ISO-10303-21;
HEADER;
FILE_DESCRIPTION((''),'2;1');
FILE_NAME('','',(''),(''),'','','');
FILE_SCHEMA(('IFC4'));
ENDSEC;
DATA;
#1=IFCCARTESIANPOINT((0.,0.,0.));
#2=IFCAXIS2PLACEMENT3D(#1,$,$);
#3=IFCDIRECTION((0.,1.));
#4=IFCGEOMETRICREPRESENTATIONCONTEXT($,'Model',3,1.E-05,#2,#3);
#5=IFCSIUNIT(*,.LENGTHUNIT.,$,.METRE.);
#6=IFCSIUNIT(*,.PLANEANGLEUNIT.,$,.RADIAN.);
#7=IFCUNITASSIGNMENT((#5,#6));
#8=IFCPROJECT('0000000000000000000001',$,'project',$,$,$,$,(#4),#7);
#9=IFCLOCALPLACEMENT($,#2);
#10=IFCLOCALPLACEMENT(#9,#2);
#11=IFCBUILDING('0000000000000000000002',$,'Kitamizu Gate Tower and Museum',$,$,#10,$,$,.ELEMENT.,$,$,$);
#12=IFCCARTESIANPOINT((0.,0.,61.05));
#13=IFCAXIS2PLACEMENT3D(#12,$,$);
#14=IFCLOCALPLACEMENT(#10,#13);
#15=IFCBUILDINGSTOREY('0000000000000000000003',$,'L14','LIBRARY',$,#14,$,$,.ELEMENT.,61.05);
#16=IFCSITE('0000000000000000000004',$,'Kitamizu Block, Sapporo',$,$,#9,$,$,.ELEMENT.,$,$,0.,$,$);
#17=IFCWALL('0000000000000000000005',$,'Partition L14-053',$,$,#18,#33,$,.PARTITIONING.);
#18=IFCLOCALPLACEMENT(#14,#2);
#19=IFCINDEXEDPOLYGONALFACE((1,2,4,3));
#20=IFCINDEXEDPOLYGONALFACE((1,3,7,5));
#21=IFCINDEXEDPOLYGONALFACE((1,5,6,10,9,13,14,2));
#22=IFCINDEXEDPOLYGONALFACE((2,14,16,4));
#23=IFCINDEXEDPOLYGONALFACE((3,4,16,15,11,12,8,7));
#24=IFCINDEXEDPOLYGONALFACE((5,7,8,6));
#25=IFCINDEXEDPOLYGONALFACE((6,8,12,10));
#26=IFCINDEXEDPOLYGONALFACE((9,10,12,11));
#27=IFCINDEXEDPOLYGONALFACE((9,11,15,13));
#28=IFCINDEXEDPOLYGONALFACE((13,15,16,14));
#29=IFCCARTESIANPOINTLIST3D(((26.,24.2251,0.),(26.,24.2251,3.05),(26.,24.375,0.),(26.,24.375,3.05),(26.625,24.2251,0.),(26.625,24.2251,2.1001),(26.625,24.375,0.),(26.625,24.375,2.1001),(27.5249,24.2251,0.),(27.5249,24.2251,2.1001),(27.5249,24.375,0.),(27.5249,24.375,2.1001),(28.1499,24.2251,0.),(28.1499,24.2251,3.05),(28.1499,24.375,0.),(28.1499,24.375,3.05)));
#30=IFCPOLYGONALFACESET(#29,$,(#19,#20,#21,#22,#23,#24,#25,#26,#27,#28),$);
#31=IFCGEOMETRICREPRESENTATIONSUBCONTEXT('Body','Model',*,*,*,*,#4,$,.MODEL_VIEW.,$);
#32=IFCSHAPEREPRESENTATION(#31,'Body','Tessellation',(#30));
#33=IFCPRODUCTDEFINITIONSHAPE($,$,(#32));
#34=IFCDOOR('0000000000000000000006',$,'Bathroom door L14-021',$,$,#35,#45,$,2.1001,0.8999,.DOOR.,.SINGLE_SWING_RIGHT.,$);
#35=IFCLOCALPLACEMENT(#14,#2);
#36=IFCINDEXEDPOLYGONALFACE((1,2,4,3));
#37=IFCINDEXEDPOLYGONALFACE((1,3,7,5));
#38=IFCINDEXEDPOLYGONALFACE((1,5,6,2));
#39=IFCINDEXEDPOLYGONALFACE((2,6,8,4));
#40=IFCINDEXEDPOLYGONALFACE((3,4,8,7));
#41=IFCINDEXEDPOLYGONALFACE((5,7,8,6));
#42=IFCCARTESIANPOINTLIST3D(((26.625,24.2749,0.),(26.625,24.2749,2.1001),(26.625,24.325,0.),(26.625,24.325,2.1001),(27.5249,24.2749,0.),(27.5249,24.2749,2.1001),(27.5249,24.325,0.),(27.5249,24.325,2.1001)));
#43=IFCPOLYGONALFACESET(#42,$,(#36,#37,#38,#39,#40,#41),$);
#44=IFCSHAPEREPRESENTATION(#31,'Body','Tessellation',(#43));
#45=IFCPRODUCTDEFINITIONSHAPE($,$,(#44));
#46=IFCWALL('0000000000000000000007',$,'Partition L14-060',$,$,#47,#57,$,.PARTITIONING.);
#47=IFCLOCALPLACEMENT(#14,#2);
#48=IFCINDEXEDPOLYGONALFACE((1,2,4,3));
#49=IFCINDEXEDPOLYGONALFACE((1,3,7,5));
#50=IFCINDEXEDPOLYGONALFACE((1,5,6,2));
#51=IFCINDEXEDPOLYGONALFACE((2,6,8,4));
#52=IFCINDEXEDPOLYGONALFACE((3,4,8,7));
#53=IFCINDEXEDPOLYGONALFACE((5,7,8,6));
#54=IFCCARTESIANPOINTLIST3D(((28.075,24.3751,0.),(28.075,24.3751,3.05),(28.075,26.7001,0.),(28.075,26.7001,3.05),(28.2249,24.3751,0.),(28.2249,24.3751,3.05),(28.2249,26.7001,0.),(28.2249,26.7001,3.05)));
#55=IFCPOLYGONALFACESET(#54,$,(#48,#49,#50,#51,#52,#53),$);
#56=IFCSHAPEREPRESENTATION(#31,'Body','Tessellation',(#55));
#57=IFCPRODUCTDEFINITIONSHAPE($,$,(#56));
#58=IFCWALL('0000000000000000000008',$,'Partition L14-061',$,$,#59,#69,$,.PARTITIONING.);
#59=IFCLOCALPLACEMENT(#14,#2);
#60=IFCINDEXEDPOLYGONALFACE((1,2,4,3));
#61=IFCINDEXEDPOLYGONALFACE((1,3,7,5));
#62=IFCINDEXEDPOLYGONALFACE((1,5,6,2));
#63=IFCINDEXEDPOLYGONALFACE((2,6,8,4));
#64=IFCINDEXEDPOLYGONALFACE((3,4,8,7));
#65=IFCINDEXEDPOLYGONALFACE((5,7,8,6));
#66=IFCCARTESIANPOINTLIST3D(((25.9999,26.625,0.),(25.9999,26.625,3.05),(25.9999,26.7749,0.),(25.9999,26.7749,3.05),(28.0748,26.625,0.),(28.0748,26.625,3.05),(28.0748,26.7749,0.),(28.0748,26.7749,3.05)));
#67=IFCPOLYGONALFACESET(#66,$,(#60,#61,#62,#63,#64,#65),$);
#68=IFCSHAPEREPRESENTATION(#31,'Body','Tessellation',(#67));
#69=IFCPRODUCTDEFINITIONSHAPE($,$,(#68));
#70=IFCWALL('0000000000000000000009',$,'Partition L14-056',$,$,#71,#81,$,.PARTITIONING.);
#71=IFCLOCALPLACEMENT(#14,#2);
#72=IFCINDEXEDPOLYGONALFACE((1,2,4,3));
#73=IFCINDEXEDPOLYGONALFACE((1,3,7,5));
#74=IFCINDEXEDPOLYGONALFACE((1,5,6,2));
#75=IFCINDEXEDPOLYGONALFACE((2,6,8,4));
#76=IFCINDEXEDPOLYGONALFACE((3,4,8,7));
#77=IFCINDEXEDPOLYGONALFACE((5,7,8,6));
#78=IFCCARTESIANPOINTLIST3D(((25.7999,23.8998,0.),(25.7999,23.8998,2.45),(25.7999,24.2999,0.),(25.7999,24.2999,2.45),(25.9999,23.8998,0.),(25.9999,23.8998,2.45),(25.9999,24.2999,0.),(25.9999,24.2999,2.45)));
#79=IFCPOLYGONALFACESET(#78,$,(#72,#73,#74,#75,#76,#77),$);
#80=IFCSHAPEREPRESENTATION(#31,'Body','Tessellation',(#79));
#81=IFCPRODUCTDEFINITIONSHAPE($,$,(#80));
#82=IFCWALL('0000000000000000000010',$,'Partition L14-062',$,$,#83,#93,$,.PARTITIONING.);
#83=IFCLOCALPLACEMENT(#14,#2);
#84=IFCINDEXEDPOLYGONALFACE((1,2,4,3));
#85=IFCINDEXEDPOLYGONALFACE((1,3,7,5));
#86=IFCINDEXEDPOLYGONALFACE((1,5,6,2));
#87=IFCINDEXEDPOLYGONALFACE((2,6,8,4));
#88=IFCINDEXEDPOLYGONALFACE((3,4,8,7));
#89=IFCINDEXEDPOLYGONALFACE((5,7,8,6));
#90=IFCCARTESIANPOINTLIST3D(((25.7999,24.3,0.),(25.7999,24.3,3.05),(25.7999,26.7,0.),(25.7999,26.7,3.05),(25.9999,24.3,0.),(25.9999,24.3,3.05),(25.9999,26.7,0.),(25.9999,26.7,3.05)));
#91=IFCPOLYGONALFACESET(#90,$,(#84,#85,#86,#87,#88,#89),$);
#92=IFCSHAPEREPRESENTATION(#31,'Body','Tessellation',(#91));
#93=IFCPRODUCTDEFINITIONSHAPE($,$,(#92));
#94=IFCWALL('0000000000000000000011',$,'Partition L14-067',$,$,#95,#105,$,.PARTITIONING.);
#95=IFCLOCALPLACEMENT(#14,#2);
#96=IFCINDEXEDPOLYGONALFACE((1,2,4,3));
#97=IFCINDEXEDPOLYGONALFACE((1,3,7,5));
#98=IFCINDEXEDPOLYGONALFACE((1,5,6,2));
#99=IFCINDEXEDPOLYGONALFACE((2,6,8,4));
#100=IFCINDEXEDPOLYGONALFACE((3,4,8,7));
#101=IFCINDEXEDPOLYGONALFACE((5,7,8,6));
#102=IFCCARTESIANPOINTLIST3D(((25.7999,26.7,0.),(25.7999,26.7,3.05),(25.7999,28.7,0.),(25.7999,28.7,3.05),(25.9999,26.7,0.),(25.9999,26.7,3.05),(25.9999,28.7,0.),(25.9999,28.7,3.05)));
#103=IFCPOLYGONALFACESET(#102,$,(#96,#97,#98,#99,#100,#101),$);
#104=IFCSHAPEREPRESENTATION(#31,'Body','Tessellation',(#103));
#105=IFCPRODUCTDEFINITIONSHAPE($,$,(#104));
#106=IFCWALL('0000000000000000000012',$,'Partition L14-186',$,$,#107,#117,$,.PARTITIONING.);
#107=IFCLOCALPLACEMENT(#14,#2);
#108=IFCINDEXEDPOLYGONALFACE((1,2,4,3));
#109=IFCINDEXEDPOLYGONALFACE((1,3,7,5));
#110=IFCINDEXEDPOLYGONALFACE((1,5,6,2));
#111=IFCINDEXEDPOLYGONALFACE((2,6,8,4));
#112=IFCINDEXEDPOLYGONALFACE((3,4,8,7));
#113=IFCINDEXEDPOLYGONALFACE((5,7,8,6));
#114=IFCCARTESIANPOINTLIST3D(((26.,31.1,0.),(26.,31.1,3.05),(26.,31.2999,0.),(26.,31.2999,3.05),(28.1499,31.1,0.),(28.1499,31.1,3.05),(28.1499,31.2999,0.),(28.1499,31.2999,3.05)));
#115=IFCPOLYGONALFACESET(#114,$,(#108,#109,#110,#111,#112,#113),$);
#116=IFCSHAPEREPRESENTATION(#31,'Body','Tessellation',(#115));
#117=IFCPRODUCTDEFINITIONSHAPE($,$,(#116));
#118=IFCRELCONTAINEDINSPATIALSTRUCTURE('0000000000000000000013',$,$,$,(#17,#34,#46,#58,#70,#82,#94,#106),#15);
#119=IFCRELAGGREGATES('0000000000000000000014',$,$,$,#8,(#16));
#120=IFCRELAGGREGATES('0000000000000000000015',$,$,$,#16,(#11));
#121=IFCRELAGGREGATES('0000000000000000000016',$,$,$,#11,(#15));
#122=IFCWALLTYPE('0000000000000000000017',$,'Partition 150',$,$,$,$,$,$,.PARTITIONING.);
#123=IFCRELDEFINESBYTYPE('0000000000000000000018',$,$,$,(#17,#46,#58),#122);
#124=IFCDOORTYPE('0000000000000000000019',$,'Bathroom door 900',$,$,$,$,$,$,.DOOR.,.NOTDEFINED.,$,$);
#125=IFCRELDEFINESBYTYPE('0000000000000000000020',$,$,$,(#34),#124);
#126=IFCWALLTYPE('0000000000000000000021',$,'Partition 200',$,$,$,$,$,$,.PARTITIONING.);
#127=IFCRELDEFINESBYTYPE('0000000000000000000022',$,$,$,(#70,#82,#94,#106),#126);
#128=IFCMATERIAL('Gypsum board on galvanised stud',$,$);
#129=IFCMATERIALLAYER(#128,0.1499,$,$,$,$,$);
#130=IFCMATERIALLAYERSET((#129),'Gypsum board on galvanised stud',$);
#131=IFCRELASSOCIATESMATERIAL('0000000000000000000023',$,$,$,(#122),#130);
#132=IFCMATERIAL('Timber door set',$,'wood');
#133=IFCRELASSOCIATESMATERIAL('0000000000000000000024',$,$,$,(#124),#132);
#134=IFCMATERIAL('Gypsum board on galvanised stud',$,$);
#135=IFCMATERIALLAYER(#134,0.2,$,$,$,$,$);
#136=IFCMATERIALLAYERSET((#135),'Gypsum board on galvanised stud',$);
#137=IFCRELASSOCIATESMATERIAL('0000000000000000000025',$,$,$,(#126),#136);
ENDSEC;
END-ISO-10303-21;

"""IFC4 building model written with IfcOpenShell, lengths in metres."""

from ifc_helpers import new_model, si_unit, direction, frame, frame_2d, origin, place, context, subcontext, project, spatial, rectangle, extrude, material, layer, layer_set, type_object, element, fill, save


model = new_model("IFC4")

# Units and contexts
model_context = context("Model", 3, precision=1e-05, world=origin(), true_north=direction((0.0, 1.0)))
body_context = subcontext(model_context, "Body", "Model", "MODEL_VIEW")
ifc_project = project(units=[si_unit("LENGTHUNIT", "METRE"), si_unit("PLANEANGLEUNIT", "RADIAN")], contexts=[model_context])

# Site, building, storey
site_placement = place(None, origin())
site = spatial("IfcSite", under=ifc_project, at=site_placement, Name="Kitamizu Block, Sapporo", CompositionType="ELEMENT", RefElevation=0.0)
building_placement = place(site_placement, origin())
building = spatial("IfcBuilding", under=site, at=building_placement, Name="Kitamizu Gate Tower and Museum", CompositionType="ELEMENT")
storey_placement = place(building_placement, frame((0.0, 0.0, 61.05)))
storey = spatial("IfcBuildingStorey", under=building, at=storey_placement, Name="L14", Description="LIBRARY", CompositionType="ELEMENT", Elevation=61.05)

# Wall, opening, door
ifc_material_1 = material(Name="Gypsum board on galvanised stud")
ifc_layer_1 = layer(ifc_material_1, 0.1499)
ifc_layer_set_1 = layer_set([ifc_layer_1], Name="Gypsum board on galvanised stud")
wall_type_1 = type_object("IfcWallType", Name="Partition 150", PredefinedType="PARTITIONING", material=ifc_layer_set_1)
wall_1_placement = place(storey_placement, frame((28.1499, 24.3, 0.0), z_axis=(0.0, 0.0, 1.0), x_axis=(-1.0, 0.0, 0.0)))
wall_1 = element("IfcWall", 1, at=wall_1_placement, inside=storey, type_object=wall_type_1, Name="Partition L14-053", PredefinedType="PARTITIONING", context=body_context, shape_type="SweptSolid", body=[
    extrude(rectangle(XDim=2.1499, YDim=0.1499, at=frame_2d((1.075, 0.0))), origin(), (0.0, 0.0, 1.0), 3.05),
])
opening_1_placement = place(wall_1_placement, frame((0.625, 0.0, 0.0)))
opening_1 = element("IfcOpeningElement", 2, at=opening_1_placement, cuts=wall_1, PredefinedType="OPENING", context=body_context, shape_type="SweptSolid", body=[
    extrude(rectangle(XDim=0.8999, YDim=2.1001, at=frame_2d((0.45, 1.05))), frame((0.0, 0.085, 0.0), z_axis=(0.0, -1.0, 0.0), x_axis=(1.0, 0.0, 0.0)), (0.0, 0.0, 1.0), 0.1699),
])
ifc_material_2 = material(Name="Timber door set", Category="wood")
door_type_1 = type_object("IfcDoorType", Name="Bathroom door 900", OperationType="NOTDEFINED", PredefinedType="DOOR", material=ifc_material_2)
door_1_placement = place(opening_1_placement, frame((0.8999, 0.0, 0.0), x_axis=(-1.0, 0.0, 0.0)))
door_1 = element("IfcDoor", 3, at=door_1_placement, inside=storey, type_object=door_type_1, Name="Bathroom door L14-021", OperationType="SINGLE_SWING_RIGHT", OverallHeight=2.1001, OverallWidth=0.8999, PredefinedType="DOOR", context=body_context, shape_type="SweptSolid", body=[
    extrude(rectangle(XDim=0.8999, YDim=2.1001, at=frame_2d((0.45, 1.05))), frame((0.0, 0.0249, 0.0), z_axis=(0.0, -1.0, 0.0), x_axis=(1.0, 0.0, 0.0)), (0.0, 0.0, 1.0), 0.05),
])
fill(opening_1, door_1)

# Walls
wall_2_placement = place(storey_placement, frame((28.1499, 24.375, 0.0), z_axis=(0.0, 0.0, 1.0), x_axis=(0.0, 1.0, 0.0)))
element("IfcWall", 4, at=wall_2_placement, inside=storey, type_object=wall_type_1, Name="Partition L14-060", PredefinedType="PARTITIONING", context=body_context, shape_type="SweptSolid", body=[
    extrude(rectangle(XDim=2.325, YDim=0.1499, at=frame_2d((1.1626, 0.0))), origin(), (0.0, 0.0, 1.0), 3.05),
])
wall_3_placement = place(storey_placement, frame((28.075, 26.7, 0.0), z_axis=(0.0, 0.0, 1.0), x_axis=(-1.0, 0.0, 0.0)))
element("IfcWall", 5, at=wall_3_placement, inside=storey, type_object=wall_type_1, Name="Partition L14-061", PredefinedType="PARTITIONING", context=body_context, shape_type="SweptSolid", body=[
    extrude(rectangle(XDim=2.075, YDim=0.1499, at=frame_2d((1.0376, 0.0))), origin(), (0.0, 0.0, 1.0), 3.05),
])
ifc_material_3 = material(Name="Gypsum board on galvanised stud")
ifc_layer_2 = layer(ifc_material_3, 0.2)
ifc_layer_set_2 = layer_set([ifc_layer_2], Name="Gypsum board on galvanised stud")
wall_type_2 = type_object("IfcWallType", Name="Partition 200", PredefinedType="PARTITIONING", material=ifc_layer_set_2)
wall_4_placement = place(storey_placement, frame((25.8999, 24.3, 0.0), z_axis=(0.0, 0.0, 1.0), x_axis=(0.0, -1.0, 0.0)))
element("IfcWall", 6, at=wall_4_placement, inside=storey, type_object=wall_type_2, Name="Partition L14-056", PredefinedType="PARTITIONING", context=body_context, shape_type="SweptSolid", body=[
    extrude(rectangle(XDim=0.4001, YDim=0.2, at=frame_2d((0.2002, 0.0))), origin(), (0.0, 0.0, 1.0), 2.45),
])
wall_5_placement = place(storey_placement, frame((25.8999, 26.7, 0.0), z_axis=(0.0, 0.0, 1.0), x_axis=(0.0, -1.0, 0.0)))
element("IfcWall", 7, at=wall_5_placement, inside=storey, type_object=wall_type_2, Name="Partition L14-062", PredefinedType="PARTITIONING", context=body_context, shape_type="SweptSolid", body=[
    extrude(rectangle(XDim=2.3999, YDim=0.2, at=frame_2d((1.2, 0.0))), origin(), (0.0, 0.0, 1.0), 3.05),
])
wall_6_placement = place(storey_placement, frame((25.8999, 28.7, 0.0), z_axis=(0.0, 0.0, 1.0), x_axis=(0.0, -1.0, 0.0)))
element("IfcWall", 8, at=wall_6_placement, inside=storey, type_object=wall_type_2, Name="Partition L14-067", PredefinedType="PARTITIONING", context=body_context, shape_type="SweptSolid", body=[
    extrude(rectangle(XDim=2.0, YDim=0.2, at=frame_2d((1.0, 0.0))), origin(), (0.0, 0.0, 1.0), 3.05),
])
wall_7_placement = place(storey_placement, frame((26.0, 31.2, 0.0), z_axis=(0.0, 0.0, 1.0), x_axis=(1.0, 0.0, 0.0)))
element("IfcWall", 9, at=wall_7_placement, inside=storey, type_object=wall_type_2, Name="Partition L14-186", PredefinedType="PARTITIONING", context=body_context, shape_type="SweptSolid", body=[
    extrude(rectangle(XDim=2.1499, YDim=0.2, at=frame_2d((1.075, 0.0))), origin(), (0.0, 0.0, 1.0), 3.05),
])

save(model, "model.ifc")
